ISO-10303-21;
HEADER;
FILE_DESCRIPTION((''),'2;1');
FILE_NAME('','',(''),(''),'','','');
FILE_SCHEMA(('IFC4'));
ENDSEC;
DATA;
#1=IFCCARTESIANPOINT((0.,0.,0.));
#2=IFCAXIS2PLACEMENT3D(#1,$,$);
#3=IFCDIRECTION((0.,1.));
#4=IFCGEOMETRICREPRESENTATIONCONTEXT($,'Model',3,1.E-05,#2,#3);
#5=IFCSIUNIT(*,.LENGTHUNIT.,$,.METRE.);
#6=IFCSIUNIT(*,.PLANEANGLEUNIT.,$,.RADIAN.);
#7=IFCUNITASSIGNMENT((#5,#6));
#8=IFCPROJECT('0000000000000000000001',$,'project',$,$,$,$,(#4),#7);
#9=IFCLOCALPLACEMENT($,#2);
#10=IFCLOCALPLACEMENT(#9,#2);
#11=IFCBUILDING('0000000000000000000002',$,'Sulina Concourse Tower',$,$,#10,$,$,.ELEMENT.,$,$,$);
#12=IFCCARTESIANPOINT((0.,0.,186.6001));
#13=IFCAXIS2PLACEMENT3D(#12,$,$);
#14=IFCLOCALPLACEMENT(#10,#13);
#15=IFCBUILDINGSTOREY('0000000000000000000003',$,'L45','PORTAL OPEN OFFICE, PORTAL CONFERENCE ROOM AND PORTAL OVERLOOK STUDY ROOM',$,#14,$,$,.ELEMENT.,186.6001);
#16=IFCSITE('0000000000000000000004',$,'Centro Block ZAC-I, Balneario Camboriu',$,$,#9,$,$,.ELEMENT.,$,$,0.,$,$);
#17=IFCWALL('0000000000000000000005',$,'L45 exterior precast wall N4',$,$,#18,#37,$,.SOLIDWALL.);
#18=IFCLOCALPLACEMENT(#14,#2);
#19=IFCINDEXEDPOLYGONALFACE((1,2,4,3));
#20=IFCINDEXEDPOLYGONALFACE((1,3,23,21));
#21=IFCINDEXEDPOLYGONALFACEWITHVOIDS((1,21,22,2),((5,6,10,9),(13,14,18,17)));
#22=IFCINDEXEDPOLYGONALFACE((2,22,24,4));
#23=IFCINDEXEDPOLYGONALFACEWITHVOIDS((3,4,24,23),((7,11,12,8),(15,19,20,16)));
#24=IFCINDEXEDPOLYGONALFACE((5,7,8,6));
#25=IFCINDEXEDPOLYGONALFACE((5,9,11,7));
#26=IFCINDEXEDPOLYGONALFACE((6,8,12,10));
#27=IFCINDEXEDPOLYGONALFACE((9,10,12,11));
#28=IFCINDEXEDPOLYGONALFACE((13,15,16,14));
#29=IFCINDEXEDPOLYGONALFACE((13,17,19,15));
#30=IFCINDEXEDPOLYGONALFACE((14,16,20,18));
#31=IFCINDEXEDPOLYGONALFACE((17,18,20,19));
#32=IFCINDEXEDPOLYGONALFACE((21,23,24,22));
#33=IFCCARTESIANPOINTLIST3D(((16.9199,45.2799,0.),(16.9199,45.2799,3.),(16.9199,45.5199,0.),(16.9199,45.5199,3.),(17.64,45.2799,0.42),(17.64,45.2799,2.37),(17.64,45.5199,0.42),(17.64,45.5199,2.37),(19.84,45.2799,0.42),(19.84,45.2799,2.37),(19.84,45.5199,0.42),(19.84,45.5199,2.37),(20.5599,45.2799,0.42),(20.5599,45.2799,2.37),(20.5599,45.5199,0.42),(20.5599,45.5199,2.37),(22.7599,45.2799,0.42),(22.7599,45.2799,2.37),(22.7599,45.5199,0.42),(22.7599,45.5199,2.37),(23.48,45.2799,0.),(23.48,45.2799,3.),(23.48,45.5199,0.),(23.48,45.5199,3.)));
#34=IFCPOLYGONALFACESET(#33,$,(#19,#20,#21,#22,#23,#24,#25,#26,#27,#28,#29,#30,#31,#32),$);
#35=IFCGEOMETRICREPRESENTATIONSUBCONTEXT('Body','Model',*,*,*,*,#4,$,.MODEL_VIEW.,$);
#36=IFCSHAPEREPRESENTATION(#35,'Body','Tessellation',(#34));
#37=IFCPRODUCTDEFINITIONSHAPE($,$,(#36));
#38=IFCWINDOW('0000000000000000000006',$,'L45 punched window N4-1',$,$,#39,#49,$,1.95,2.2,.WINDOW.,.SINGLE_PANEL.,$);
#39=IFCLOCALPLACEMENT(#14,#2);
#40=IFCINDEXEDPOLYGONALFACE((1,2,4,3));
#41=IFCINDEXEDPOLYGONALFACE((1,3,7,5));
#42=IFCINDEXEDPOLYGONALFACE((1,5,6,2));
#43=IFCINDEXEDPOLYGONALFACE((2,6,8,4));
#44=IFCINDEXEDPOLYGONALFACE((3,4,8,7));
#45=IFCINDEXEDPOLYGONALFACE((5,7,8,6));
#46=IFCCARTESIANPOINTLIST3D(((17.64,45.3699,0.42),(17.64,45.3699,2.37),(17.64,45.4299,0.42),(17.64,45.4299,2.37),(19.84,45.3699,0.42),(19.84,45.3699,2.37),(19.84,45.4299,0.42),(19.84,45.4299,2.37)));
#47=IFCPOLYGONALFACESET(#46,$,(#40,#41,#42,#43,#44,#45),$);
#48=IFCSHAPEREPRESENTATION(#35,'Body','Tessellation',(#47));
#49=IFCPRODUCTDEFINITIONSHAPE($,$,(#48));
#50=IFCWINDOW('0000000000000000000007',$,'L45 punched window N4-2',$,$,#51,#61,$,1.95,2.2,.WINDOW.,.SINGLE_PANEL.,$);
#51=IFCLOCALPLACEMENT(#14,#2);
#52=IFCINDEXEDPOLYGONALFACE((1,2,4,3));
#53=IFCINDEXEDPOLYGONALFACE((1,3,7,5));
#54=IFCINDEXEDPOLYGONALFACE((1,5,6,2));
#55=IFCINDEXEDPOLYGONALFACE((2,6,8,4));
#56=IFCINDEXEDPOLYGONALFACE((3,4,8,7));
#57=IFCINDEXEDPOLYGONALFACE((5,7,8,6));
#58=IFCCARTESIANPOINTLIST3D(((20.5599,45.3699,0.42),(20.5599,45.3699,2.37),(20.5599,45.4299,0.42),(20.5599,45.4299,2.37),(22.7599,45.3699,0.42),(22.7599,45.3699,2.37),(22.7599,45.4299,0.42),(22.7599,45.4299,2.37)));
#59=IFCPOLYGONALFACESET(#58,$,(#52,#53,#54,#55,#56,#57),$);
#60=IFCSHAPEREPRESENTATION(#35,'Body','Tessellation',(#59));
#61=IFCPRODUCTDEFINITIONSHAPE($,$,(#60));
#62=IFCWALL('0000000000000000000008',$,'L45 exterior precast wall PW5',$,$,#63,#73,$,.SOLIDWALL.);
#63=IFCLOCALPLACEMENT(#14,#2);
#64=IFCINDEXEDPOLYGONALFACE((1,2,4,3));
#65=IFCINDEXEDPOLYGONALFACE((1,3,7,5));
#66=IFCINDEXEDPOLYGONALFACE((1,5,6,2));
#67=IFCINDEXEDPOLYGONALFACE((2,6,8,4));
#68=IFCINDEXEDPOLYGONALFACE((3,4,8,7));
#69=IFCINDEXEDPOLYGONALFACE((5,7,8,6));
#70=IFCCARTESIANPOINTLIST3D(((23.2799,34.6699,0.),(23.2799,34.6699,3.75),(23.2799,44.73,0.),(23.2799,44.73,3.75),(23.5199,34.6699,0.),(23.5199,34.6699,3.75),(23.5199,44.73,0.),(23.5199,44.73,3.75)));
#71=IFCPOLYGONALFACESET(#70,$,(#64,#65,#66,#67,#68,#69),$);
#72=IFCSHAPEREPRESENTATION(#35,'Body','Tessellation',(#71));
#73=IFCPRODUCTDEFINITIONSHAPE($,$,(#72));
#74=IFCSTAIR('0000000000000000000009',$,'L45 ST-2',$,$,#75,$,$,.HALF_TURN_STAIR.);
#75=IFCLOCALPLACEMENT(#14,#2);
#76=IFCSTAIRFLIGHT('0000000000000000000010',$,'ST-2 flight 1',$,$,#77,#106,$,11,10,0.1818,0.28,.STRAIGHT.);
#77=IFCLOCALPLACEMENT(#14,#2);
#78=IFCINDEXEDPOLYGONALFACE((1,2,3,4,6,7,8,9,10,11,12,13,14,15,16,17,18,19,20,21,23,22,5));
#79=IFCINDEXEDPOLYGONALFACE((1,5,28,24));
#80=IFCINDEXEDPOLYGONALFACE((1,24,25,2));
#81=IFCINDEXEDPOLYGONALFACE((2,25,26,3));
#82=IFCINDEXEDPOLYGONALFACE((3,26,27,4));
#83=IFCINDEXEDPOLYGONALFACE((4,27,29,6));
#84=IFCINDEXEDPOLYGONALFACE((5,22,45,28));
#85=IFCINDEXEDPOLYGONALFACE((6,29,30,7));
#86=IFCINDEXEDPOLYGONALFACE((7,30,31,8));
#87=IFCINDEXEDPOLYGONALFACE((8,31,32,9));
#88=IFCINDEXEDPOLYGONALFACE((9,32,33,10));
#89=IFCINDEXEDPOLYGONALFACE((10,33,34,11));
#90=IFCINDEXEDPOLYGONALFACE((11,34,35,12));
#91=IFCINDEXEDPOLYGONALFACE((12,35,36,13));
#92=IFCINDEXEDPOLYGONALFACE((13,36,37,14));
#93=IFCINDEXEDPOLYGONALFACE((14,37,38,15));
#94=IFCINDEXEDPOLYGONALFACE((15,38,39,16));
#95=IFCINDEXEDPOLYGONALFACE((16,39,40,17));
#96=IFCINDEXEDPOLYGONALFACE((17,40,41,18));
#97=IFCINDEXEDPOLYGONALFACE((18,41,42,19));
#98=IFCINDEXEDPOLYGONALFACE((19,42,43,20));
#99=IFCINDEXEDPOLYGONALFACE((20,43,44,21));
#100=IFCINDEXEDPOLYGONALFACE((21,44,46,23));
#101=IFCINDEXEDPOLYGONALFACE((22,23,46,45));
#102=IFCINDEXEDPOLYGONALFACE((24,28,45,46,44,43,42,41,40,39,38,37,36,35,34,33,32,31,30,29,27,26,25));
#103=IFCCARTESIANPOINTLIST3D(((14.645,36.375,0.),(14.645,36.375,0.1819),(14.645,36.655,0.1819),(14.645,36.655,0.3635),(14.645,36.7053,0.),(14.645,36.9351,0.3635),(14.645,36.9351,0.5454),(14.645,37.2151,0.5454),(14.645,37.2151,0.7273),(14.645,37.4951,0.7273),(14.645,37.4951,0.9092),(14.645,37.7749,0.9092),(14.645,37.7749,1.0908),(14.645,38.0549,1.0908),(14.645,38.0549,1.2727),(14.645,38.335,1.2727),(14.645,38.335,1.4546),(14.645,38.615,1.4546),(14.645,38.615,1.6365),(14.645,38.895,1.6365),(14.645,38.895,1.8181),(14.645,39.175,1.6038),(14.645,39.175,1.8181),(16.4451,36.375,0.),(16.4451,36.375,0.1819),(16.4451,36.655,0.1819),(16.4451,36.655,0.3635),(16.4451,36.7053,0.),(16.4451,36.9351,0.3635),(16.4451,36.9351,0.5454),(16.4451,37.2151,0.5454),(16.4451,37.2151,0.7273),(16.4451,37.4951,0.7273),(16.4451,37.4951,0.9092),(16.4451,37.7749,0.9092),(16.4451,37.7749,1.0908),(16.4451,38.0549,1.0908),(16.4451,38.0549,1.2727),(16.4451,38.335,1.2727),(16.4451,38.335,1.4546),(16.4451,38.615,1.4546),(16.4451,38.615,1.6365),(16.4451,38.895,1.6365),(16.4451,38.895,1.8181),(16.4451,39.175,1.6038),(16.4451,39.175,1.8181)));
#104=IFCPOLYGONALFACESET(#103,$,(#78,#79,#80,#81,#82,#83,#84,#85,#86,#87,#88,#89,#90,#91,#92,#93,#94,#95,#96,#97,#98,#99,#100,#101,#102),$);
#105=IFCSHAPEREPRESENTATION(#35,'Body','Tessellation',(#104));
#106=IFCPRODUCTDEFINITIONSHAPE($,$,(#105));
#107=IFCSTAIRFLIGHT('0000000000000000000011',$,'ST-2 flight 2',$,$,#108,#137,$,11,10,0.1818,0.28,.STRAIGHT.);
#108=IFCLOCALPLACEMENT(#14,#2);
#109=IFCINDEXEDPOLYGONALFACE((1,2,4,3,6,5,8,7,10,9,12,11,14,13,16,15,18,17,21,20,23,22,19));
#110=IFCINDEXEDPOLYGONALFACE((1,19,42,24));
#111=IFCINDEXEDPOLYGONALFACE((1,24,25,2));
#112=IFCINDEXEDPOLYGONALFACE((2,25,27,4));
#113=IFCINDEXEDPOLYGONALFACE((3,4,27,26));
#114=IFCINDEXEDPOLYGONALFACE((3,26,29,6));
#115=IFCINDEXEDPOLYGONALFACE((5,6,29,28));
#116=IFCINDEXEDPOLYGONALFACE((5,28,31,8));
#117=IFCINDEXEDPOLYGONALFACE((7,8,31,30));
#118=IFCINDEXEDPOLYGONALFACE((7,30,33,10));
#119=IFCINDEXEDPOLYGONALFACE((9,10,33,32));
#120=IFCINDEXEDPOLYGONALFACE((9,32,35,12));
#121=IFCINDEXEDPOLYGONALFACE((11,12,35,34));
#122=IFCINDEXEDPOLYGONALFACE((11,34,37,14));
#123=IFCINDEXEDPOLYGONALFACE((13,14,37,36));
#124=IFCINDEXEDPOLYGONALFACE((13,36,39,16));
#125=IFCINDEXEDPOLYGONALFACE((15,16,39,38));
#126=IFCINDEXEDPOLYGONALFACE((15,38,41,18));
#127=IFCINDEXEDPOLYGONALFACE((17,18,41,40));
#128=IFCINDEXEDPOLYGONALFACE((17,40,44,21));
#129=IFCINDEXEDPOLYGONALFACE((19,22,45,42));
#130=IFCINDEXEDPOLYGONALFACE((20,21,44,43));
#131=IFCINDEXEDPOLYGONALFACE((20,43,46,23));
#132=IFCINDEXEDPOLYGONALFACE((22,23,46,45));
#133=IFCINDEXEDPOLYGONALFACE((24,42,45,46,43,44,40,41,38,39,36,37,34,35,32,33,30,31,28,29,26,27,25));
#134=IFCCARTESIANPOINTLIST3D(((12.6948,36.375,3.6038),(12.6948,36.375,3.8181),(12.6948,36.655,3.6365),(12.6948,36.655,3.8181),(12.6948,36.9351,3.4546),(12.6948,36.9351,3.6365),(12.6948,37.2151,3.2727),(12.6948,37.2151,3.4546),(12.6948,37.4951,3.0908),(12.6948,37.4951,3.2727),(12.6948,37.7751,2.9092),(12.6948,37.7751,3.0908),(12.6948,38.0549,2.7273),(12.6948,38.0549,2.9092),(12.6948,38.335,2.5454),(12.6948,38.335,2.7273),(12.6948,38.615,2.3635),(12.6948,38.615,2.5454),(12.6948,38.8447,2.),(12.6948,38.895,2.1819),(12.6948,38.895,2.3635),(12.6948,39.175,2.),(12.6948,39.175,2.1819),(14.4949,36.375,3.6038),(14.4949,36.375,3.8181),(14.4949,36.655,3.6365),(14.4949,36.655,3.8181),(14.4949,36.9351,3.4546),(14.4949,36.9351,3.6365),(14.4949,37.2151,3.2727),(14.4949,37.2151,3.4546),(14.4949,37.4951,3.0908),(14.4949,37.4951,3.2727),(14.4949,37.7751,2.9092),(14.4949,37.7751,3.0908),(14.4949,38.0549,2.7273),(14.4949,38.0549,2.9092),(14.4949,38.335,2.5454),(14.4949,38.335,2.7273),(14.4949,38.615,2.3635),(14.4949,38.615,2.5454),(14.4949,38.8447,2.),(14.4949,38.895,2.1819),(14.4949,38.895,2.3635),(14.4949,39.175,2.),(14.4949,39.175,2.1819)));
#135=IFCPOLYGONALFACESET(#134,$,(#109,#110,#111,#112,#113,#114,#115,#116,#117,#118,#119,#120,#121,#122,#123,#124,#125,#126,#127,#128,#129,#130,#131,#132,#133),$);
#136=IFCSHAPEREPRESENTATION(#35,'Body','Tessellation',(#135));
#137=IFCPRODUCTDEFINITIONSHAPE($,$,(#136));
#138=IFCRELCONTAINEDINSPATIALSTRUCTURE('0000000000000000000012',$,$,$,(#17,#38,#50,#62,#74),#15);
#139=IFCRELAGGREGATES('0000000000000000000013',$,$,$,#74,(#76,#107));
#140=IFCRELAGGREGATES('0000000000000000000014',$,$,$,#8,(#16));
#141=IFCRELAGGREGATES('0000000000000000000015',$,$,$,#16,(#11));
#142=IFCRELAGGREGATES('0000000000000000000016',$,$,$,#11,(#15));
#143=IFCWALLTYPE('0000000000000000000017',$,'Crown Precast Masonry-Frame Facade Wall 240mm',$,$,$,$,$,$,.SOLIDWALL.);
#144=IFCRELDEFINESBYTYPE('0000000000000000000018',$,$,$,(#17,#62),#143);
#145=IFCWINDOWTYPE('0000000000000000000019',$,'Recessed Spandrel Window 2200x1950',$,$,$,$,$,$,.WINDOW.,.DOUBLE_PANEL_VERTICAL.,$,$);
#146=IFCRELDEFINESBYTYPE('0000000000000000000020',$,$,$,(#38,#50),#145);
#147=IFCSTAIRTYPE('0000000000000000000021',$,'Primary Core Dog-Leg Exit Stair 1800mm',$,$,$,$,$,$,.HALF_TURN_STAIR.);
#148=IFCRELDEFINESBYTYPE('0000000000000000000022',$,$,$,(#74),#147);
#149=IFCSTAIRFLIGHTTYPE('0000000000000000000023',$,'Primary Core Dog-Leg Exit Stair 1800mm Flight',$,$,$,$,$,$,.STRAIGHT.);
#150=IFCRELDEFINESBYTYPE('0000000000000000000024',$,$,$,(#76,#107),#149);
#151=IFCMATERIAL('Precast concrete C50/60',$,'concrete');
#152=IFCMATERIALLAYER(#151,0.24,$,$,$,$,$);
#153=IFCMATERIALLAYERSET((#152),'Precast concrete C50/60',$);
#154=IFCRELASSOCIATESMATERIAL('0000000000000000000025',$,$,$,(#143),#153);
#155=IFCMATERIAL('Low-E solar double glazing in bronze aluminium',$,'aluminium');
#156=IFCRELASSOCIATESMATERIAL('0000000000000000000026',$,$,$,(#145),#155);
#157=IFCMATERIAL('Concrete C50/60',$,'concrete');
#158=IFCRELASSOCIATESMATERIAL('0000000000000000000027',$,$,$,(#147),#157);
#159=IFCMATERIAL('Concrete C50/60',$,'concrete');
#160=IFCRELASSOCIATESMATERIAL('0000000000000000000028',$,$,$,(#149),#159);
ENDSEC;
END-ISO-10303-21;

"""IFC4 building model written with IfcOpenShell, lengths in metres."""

from ifc_helpers import new_model, si_unit, direction, frame, frame_2d, origin, place, context, subcontext, project, spatial, polyline, rectangle, outline, extrude, material, layer, layer_set, type_object, element, fill, aggregate, save


model = new_model("IFC4")

# Units and contexts
model_context = context("Model", 3, precision=1e-05, world=origin(), true_north=direction((0.0, 1.0)))
body_context = subcontext(model_context, "Body", "Model", "MODEL_VIEW")
ifc_project = project(units=[si_unit("LENGTHUNIT", "METRE"), si_unit("PLANEANGLEUNIT", "RADIAN")], contexts=[model_context])

# Site, building, storey
site_placement = place(None, origin())
site = spatial("IfcSite", under=ifc_project, at=site_placement, Name="Centro Block ZAC-I, Balneario Camboriu", CompositionType="ELEMENT", RefElevation=0.0)
building_placement = place(site_placement, origin())
building = spatial("IfcBuilding", under=site, at=building_placement, Name="Sulina Concourse Tower", CompositionType="ELEMENT")
storey_placement = place(building_placement, frame((0.0, 0.0, 186.6001)))
storey = spatial("IfcBuildingStorey", under=building, at=storey_placement, Name="L45", Description="PORTAL OPEN OFFICE, PORTAL CONFERENCE ROOM AND PORTAL OVERLOOK STUDY ROOM", CompositionType="ELEMENT", Elevation=186.6001)

# Shared definitions
ifc_material_1 = material(Name="Precast concrete C50/60", Category="concrete")
ifc_layer_1 = layer(ifc_material_1, 0.24)
ifc_layer_set_1 = layer_set([ifc_layer_1], Name="Precast concrete C50/60")
wall_type_1 = type_object("IfcWallType", Name="Crown Precast Masonry-Frame Facade Wall 240mm", PredefinedType="SOLIDWALL", material=ifc_layer_set_1)

# Wall, openings, windows
wall_1_placement = place(storey_placement, frame((16.9199, 45.3999, 0.0), z_axis=(0.0, 0.0, 1.0), x_axis=(1.0, 0.0, 0.0)))
wall_1 = element("IfcWall", 1, at=wall_1_placement, inside=storey, type_object=wall_type_1, Name="L45 exterior precast wall N4", PredefinedType="SOLIDWALL", context=body_context, shape_type="SweptSolid", body=[
    extrude(rectangle(XDim=6.5601, YDim=0.24, at=frame_2d((3.28, 0.0))), origin(), (0.0, 0.0, 1.0), 3.0),
])
opening_1_placement = place(wall_1_placement, frame((0.72, 0.0, 0.4199)))
opening_1 = element("IfcOpeningElement", 2, at=opening_1_placement, cuts=wall_1, PredefinedType="OPENING", context=body_context, shape_type="SweptSolid", body=[
    extrude(rectangle(XDim=2.2, YDim=1.95, at=frame_2d((1.1001, 0.9751))), frame((0.0, 0.1299, 0.0), z_axis=(0.0, -1.0, 0.0), x_axis=(1.0, 0.0, 0.0)), (0.0, 0.0, 1.0), 0.26),
])
opening_2_placement = place(wall_1_placement, frame((3.6399, 0.0, 0.4199)))
opening_2 = element("IfcOpeningElement", 3, at=opening_2_placement, cuts=wall_1, PredefinedType="OPENING", context=body_context, shape_type="SweptSolid", body=[
    extrude(rectangle(XDim=2.2, YDim=1.95, at=frame_2d((1.1001, 0.9751))), frame((0.0, 0.1299, 0.0), z_axis=(0.0, -1.0, 0.0), x_axis=(1.0, 0.0, 0.0)), (0.0, 0.0, 1.0), 0.26),
])
ifc_material_2 = material(Name="Low-E solar double glazing in bronze aluminium", Category="aluminium")
window_type = type_object("IfcWindowType", Name="Recessed Spandrel Window 2200x1950", PartitioningType="DOUBLE_PANEL_VERTICAL", PredefinedType="WINDOW", material=ifc_material_2)
window_1_placement = place(opening_1_placement, origin())
window_1 = element("IfcWindow", 4, at=window_1_placement, inside=storey, type_object=window_type, Name="L45 punched window N4-1", OverallHeight=1.95, OverallWidth=2.2, PartitioningType="SINGLE_PANEL", PredefinedType="WINDOW", context=body_context, shape_type="SweptSolid", body=[
    extrude(rectangle(XDim=2.2, YDim=1.95, at=frame_2d((1.1001, 0.9751))), frame((0.0, 0.03, 0.0), z_axis=(0.0, -1.0, 0.0), x_axis=(1.0, 0.0, 0.0)), (0.0, 0.0, 1.0), 0.0601),
])
fill(opening_1, window_1)
window_2_placement = place(opening_2_placement, origin())
window_2 = element("IfcWindow", 5, at=window_2_placement, inside=storey, type_object=window_type, Name="L45 punched window N4-2", OverallHeight=1.95, OverallWidth=2.2, PartitioningType="SINGLE_PANEL", PredefinedType="WINDOW", context=body_context, shape_type="SweptSolid", body=[
    extrude(rectangle(XDim=2.2, YDim=1.95, at=frame_2d((1.1001, 0.9751))), frame((0.0, 0.03, 0.0), z_axis=(0.0, -1.0, 0.0), x_axis=(1.0, 0.0, 0.0)), (0.0, 0.0, 1.0), 0.0601),
])
fill(opening_2, window_2)

# Wall
wall_2_placement = place(storey_placement, frame((23.3999, 44.73, 0.0), z_axis=(0.0, 0.0, 1.0), x_axis=(0.0, -1.0, 0.0)))
element("IfcWall", 6, at=wall_2_placement, inside=storey, type_object=wall_type_1, Name="L45 exterior precast wall PW5", PredefinedType="SOLIDWALL", context=body_context, shape_type="SweptSolid", body=[
    extrude(rectangle(XDim=10.0601, YDim=0.24, at=frame_2d((5.03, 0.0))), origin(), (0.0, 0.0, 1.0), 3.75),
])

# Stair, stair flights
ifc_material_3 = material(Name="Concrete C50/60", Category="concrete")
stair_type = type_object("IfcStairType", Name="Primary Core Dog-Leg Exit Stair 1800mm", PredefinedType="HALF_TURN_STAIR", material=ifc_material_3)
stair_placement = place(storey_placement, origin())
stair = element("IfcStair", 7, at=stair_placement, inside=storey, type_object=stair_type, Name="L45 ST-2", PredefinedType="HALF_TURN_STAIR")
ifc_material_4 = material(Name="Concrete C50/60", Category="concrete")
stair_flight_type = type_object("IfcStairFlightType", Name="Primary Core Dog-Leg Exit Stair 1800mm Flight", PredefinedType="STRAIGHT", material=ifc_material_4)
stair_flight_1_placement = place(storey_placement, frame((15.5449, 36.375, 0.0), z_axis=(0.0, 0.0, 1.0), x_axis=(0.0, 1.0, 0.0)))
stair_flight_1 = element("IfcStairFlight", 8, at=stair_flight_1_placement, type_object=stair_flight_type, Name="ST-2 flight 1", NumberOfRisers=11, NumberOfTreads=10, PredefinedType="STRAIGHT", RiserHeight=0.1818, TreadLength=0.28, context=body_context, shape_type="SweptSolid", body=[
    extrude(outline(polyline([(0.0, 0.0), (0.0, 0.1819), (0.28, 0.1819), (0.28, 0.3635), (0.5601, 0.3635), (0.5601, 0.5454), (0.8401, 0.5454), (0.8401, 0.7273), (1.1201, 0.7273), (1.1201, 0.9092), (1.3999, 0.9092), (1.3999, 1.0908), (1.6799, 1.0908), (1.6799, 1.2727), (1.96, 1.2727), (1.96, 1.4546), (2.24, 1.4546), (2.24, 1.6365), (2.52, 1.6365), (2.52, 1.8181), (2.8, 1.8181), (2.8, 2.0), (2.8, 1.6038), (0.3303, 0.0), (0.0, 0.0)])), frame((0.0, 0.8999, 0.0), z_axis=(0.0, -1.0, 0.0), x_axis=(1.0, 0.0, 0.0)), (0.0, 0.0, 1.0), 1.8),
])
stair_flight_2_placement = place(storey_placement, frame((13.595, 39.175, 2.0), z_axis=(0.0, 0.0, 1.0), x_axis=(0.0, -1.0, 0.0)))
stair_flight_2 = element("IfcStairFlight", 9, at=stair_flight_2_placement, type_object=stair_flight_type, Name="ST-2 flight 2", NumberOfRisers=11, NumberOfTreads=10, PredefinedType="STRAIGHT", RiserHeight=0.1818, TreadLength=0.28, context=body_context, shape_type="SweptSolid", body=[
    extrude(outline(polyline([(0.0, 0.0), (0.0, 0.1819), (0.28, 0.1819), (0.28, 0.3635), (0.5601, 0.3635), (0.5601, 0.5454), (0.8401, 0.5454), (0.8401, 0.7273), (1.1201, 0.7273), (1.1201, 0.9092), (1.3999, 0.9092), (1.3999, 1.0908), (1.6799, 1.0908), (1.6799, 1.2727), (1.96, 1.2727), (1.96, 1.4546), (2.24, 1.4546), (2.24, 1.6365), (2.52, 1.6365), (2.52, 1.8181), (2.8, 1.8181), (2.8, 2.0), (2.8, 1.6038), (0.3303, 0.0), (0.0, 0.0)])), frame((0.0, 0.8999, 0.0), z_axis=(0.0, -1.0, 0.0), x_axis=(1.0, 0.0, 0.0)), (0.0, 0.0, 1.0), 1.8),
])
aggregate(stair, [stair_flight_1, stair_flight_2])

save(model, "model.ifc")
